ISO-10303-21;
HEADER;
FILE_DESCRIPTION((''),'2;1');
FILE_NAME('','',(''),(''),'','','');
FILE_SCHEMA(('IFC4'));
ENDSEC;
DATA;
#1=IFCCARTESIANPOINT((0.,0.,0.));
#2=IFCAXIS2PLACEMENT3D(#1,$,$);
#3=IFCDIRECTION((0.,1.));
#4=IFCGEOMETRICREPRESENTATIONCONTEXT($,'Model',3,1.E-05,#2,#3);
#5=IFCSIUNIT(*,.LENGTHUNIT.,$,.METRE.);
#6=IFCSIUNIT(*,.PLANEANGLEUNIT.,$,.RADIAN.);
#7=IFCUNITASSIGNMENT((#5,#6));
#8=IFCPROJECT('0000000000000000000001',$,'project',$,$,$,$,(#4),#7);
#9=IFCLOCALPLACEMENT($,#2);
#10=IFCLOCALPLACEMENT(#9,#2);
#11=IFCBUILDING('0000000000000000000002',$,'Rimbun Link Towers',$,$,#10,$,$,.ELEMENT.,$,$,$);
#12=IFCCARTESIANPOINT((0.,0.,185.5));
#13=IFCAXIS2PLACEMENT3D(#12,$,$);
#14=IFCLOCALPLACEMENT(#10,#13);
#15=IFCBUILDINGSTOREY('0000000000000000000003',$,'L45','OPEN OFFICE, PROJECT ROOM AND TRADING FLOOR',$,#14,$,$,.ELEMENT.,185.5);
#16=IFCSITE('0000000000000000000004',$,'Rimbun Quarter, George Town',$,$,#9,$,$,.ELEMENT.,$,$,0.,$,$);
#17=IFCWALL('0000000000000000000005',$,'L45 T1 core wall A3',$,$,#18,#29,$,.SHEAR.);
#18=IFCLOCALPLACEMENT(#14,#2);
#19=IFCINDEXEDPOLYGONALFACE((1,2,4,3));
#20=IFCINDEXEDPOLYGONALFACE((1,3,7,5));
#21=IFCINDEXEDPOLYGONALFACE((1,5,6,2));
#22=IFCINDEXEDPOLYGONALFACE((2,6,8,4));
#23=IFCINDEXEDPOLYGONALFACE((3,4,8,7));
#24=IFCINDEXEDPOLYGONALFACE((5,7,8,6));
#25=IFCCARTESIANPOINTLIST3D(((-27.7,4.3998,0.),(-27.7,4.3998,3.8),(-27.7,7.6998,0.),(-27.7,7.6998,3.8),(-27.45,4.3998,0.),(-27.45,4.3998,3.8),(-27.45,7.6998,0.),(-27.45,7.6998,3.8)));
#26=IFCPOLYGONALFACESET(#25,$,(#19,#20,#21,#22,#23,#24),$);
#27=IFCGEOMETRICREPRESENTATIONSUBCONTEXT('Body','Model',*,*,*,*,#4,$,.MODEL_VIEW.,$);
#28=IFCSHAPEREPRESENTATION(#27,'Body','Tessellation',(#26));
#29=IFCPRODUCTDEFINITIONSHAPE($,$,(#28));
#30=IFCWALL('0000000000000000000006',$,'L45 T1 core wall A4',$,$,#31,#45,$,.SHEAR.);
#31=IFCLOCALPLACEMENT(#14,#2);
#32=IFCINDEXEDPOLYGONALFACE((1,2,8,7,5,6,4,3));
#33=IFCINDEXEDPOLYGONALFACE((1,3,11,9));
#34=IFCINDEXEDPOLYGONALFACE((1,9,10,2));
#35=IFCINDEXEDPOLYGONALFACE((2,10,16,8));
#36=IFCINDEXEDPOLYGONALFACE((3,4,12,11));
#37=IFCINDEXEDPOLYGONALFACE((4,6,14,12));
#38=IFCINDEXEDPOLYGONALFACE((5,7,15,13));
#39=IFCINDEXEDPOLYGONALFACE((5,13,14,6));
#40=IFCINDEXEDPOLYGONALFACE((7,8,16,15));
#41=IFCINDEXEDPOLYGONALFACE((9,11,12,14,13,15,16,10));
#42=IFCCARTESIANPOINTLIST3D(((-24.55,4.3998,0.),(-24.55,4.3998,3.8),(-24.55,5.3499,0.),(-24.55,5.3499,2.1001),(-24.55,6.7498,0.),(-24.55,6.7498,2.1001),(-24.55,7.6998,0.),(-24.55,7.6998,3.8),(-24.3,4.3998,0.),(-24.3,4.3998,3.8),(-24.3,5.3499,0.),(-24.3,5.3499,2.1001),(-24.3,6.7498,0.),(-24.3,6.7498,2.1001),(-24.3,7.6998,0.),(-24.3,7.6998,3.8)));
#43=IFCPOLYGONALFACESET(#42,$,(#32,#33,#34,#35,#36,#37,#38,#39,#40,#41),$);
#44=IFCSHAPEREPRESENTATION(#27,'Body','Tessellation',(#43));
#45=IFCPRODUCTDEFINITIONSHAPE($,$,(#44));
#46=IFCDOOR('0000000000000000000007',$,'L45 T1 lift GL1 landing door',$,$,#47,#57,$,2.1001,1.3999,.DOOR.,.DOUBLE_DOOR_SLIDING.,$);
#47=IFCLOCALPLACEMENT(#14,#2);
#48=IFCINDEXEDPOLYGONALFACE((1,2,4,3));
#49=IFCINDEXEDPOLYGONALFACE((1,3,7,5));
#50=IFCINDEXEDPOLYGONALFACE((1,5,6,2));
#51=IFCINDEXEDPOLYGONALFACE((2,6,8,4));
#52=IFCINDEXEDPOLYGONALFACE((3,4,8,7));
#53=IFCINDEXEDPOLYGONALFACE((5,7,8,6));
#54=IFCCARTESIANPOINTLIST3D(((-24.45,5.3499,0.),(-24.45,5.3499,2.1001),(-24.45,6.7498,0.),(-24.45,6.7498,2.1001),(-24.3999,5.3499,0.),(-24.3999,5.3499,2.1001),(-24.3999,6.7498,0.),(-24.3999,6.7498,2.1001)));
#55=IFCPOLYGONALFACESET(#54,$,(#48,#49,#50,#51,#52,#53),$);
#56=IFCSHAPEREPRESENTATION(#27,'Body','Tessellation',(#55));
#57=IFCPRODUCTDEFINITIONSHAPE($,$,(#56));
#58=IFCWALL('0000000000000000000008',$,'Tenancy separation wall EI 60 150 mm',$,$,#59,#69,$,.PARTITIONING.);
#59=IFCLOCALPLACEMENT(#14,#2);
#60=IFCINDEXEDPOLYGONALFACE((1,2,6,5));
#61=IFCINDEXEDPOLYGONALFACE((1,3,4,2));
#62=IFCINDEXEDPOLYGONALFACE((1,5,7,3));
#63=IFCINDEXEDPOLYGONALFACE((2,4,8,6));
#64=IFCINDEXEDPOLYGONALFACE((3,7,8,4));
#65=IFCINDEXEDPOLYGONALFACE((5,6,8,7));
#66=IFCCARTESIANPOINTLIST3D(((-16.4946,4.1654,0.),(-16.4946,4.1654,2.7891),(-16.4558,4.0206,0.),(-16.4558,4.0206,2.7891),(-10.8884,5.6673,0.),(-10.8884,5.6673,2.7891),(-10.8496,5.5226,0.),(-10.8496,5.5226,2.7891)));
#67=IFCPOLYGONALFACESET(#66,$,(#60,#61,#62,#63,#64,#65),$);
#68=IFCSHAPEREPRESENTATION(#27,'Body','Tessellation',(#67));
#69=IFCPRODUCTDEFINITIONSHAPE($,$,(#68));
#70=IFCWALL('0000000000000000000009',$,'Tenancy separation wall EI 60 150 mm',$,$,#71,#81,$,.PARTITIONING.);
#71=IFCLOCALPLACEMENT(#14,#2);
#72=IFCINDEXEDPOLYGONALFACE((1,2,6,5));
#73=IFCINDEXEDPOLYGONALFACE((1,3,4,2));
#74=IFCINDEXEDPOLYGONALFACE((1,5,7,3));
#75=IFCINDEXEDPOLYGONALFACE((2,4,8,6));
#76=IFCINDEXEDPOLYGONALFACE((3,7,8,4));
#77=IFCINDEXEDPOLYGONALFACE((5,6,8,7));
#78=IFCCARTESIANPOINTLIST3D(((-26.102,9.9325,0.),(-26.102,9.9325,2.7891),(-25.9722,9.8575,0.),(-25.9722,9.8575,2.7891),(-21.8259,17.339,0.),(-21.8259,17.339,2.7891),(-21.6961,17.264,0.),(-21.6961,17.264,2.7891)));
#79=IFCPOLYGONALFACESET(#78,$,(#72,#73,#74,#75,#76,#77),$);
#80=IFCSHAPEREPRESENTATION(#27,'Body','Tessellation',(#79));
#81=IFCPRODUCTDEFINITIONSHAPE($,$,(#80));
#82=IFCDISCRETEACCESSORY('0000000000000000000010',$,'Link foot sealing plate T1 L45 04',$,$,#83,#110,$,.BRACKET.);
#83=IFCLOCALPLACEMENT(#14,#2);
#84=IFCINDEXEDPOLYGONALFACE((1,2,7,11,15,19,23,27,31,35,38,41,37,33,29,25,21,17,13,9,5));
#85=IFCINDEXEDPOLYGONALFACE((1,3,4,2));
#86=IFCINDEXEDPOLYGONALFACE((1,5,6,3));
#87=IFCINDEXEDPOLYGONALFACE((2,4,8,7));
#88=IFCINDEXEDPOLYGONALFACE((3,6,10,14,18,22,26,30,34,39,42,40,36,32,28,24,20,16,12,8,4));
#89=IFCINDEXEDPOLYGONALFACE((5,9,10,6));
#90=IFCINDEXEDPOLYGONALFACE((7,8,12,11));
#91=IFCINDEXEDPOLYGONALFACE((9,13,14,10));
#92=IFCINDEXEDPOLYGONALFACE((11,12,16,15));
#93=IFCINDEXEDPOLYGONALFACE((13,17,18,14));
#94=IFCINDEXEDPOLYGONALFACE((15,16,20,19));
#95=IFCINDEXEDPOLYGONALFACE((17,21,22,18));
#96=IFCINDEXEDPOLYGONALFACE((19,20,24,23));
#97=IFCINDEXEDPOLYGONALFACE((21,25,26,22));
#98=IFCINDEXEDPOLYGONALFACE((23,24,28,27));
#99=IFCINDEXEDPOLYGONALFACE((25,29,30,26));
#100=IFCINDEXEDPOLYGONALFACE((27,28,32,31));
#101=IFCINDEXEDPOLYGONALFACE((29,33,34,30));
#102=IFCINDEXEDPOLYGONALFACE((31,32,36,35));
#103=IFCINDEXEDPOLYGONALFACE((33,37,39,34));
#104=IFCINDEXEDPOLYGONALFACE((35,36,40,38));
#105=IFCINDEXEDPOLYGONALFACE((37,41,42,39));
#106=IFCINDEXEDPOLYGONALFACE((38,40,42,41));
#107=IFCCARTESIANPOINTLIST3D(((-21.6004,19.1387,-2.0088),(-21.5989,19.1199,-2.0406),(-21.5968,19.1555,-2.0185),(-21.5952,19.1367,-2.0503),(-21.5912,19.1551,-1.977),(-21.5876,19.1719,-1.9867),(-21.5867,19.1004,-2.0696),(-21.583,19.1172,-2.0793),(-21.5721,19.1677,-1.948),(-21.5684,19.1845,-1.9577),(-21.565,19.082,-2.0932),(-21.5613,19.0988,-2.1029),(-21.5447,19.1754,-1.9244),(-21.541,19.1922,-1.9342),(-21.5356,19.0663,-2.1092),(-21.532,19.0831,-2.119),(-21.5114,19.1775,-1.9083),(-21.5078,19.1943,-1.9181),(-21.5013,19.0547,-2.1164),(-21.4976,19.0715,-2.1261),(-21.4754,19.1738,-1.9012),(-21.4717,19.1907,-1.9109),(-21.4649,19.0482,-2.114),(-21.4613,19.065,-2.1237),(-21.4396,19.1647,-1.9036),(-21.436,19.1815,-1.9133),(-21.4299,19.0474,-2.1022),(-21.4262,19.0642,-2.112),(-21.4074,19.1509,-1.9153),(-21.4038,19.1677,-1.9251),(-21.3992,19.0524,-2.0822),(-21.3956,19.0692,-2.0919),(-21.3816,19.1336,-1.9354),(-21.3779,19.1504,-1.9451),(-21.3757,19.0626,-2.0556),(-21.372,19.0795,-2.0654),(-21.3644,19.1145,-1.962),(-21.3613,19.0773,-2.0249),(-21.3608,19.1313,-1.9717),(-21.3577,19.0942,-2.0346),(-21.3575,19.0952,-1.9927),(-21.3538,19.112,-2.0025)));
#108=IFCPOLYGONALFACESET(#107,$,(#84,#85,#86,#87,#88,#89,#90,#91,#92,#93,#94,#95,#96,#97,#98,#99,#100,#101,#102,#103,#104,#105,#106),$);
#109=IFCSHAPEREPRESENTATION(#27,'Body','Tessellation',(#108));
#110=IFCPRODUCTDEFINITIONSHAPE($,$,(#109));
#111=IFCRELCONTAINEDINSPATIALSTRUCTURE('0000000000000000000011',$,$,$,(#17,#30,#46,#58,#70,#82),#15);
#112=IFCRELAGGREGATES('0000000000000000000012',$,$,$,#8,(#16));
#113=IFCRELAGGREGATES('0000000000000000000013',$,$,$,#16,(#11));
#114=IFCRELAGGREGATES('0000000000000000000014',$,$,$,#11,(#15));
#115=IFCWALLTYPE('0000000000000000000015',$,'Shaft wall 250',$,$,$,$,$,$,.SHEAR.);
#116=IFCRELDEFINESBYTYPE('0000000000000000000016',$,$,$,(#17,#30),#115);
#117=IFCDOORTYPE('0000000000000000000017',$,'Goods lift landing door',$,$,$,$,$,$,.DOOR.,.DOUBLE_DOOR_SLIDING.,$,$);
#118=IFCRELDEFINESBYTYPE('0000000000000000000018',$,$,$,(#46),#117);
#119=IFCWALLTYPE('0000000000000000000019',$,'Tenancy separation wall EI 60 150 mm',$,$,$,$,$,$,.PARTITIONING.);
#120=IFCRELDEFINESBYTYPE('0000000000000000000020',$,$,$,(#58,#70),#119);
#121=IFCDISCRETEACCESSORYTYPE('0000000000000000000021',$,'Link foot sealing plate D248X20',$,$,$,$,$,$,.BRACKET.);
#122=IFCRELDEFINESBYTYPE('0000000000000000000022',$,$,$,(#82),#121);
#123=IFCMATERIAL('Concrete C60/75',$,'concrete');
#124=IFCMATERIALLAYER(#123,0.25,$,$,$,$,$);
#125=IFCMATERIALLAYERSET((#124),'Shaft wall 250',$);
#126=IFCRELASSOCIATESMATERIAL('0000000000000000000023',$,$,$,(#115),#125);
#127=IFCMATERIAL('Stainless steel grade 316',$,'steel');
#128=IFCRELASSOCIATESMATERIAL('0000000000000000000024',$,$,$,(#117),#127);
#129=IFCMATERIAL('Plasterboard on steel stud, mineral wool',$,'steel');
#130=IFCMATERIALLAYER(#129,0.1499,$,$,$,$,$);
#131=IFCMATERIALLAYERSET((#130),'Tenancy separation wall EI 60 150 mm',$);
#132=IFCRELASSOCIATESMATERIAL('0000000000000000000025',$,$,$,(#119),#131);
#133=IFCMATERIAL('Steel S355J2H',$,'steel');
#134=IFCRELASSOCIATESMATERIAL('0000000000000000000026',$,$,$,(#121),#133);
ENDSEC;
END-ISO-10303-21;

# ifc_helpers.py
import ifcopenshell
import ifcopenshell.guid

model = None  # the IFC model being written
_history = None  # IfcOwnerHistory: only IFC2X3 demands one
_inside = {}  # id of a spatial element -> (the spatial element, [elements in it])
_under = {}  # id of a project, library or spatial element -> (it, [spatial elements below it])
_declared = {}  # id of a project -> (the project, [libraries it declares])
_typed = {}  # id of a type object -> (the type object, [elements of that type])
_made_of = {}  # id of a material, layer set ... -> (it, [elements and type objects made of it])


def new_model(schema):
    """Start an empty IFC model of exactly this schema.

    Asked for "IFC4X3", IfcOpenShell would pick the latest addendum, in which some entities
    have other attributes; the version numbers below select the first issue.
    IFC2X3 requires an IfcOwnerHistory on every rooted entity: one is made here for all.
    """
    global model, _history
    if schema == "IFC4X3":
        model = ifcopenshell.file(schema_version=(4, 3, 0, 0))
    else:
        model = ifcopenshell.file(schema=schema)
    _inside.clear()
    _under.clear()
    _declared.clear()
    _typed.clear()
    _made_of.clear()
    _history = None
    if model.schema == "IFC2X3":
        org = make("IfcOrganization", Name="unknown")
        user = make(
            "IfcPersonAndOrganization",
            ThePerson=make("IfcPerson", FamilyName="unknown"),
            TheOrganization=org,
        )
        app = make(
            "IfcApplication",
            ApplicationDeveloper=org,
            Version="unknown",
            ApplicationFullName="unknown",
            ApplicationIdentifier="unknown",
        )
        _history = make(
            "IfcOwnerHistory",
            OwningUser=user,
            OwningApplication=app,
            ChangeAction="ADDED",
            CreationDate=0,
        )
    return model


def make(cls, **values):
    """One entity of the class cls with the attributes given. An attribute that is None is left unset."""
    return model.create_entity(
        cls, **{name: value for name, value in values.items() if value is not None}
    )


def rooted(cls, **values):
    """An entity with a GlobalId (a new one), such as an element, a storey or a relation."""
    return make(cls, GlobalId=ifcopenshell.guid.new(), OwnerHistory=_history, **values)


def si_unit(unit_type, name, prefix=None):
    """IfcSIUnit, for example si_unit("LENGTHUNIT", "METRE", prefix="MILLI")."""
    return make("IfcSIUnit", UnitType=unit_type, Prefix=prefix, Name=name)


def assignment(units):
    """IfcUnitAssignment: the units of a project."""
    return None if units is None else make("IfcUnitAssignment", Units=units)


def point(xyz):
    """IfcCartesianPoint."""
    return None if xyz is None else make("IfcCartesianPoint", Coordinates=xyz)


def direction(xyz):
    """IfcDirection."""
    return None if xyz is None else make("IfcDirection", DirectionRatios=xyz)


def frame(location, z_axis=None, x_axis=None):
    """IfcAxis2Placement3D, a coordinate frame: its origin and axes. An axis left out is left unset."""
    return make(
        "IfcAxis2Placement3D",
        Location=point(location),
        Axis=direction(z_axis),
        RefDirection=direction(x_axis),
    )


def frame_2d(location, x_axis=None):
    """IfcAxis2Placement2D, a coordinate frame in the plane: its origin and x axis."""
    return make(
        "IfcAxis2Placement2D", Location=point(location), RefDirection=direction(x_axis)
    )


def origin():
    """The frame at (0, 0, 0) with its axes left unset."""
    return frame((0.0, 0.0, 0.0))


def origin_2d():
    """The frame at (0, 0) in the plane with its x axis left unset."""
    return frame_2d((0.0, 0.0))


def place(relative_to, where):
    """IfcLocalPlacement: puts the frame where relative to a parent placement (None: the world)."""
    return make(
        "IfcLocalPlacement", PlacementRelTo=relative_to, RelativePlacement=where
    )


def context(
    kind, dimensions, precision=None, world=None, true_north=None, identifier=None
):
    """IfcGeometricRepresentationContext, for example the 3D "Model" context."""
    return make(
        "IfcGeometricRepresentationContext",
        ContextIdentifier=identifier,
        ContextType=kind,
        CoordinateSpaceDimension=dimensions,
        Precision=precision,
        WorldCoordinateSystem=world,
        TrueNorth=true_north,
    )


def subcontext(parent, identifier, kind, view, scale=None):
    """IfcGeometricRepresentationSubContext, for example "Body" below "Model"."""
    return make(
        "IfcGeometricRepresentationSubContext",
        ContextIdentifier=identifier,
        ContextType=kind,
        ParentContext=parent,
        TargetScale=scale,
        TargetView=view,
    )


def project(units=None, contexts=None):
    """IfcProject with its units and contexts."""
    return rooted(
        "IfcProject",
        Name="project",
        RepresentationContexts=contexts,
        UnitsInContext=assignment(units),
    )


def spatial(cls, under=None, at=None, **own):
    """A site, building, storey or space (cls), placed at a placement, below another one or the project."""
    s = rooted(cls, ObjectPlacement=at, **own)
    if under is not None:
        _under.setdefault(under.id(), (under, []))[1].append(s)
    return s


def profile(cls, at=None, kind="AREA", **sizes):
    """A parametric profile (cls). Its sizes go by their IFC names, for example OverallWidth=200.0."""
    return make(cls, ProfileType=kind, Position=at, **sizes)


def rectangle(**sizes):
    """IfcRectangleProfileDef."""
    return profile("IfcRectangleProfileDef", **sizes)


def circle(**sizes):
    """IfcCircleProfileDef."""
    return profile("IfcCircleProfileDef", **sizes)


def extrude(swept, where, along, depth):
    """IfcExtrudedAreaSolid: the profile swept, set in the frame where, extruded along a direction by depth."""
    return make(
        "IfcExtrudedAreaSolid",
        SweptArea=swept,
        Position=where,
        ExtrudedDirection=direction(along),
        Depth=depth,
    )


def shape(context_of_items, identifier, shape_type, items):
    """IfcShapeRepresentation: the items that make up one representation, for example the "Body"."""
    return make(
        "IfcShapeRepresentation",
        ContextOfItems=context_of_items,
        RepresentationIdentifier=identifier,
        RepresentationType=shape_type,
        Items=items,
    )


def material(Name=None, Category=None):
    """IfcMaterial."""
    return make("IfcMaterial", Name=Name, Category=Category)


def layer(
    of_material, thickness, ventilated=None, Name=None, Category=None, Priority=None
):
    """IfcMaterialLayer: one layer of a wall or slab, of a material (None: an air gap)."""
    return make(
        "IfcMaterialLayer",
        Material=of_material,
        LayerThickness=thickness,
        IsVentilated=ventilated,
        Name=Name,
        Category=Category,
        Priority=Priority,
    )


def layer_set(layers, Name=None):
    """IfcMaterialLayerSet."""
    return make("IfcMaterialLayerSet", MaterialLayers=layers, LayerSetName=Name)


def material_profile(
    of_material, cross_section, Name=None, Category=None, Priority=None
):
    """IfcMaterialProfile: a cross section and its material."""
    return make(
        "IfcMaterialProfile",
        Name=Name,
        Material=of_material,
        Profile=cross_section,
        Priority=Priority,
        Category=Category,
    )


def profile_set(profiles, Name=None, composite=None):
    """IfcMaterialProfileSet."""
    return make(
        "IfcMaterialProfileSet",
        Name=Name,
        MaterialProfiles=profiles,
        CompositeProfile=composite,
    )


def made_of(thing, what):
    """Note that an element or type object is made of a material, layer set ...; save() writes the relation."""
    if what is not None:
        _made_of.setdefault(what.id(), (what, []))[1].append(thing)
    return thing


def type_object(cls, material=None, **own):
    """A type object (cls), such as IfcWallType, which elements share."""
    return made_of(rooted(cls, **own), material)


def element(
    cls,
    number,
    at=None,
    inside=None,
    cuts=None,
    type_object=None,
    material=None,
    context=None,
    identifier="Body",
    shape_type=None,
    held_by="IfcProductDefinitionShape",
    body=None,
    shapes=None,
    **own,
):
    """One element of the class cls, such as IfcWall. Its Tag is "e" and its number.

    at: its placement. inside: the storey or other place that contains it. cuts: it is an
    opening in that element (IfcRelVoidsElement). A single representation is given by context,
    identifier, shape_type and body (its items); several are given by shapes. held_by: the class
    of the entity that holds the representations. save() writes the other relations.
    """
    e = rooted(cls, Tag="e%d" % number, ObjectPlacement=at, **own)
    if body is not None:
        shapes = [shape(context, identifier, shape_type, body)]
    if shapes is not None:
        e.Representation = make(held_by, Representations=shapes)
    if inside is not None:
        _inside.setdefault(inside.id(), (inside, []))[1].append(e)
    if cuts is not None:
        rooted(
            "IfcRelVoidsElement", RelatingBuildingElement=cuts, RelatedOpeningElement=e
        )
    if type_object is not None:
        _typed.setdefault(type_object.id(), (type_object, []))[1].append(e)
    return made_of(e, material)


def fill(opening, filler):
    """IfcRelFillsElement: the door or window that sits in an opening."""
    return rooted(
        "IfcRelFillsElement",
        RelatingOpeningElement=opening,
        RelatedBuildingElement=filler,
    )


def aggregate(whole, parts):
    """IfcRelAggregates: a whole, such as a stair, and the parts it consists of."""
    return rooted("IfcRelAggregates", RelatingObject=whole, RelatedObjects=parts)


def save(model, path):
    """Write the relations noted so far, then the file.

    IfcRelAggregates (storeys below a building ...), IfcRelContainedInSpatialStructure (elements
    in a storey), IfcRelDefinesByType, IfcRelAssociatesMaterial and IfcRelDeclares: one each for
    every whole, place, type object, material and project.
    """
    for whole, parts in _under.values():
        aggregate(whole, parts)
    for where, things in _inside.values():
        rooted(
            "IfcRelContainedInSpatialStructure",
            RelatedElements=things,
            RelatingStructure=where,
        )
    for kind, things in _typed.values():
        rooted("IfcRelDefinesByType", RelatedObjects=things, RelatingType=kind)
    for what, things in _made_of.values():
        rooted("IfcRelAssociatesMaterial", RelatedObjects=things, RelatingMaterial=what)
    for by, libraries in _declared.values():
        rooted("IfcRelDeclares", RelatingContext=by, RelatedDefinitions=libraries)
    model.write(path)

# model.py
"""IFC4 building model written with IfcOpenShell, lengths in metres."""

from ifc_helpers import new_model, si_unit, direction, frame, frame_2d, origin, origin_2d, place, context, subcontext, project, spatial, rectangle, circle, extrude, material, layer, layer_set, material_profile, profile_set, type_object, element, fill, save


model = new_model("IFC4")

# Units and contexts
model_context = context("Model", 3, precision=1e-05, world=origin(), true_north=direction((0.0, 1.0)))
body_context = subcontext(model_context, "Body", "Model", "MODEL_VIEW")
ifc_project = project(units=[si_unit("LENGTHUNIT", "METRE"), si_unit("PLANEANGLEUNIT", "RADIAN")], contexts=[model_context])

# Site, building, storey
site_placement = place(None, origin())
site = spatial("IfcSite", under=ifc_project, at=site_placement, Name="Rimbun Quarter, George Town", CompositionType="ELEMENT", RefElevation=0.0)
building_placement = place(site_placement, origin())
building = spatial("IfcBuilding", under=site, at=building_placement, Name="Rimbun Link Towers", CompositionType="ELEMENT")
storey_placement = place(building_placement, frame((0.0, 0.0, 185.5)))
storey = spatial("IfcBuildingStorey", under=building, at=storey_placement, Name="L45", Description="OPEN OFFICE, PROJECT ROOM AND TRADING FLOOR", CompositionType="ELEMENT", Elevation=185.5)

# Wall
ifc_material_1 = material(Name="Concrete C60/75", Category="concrete")
ifc_layer_1 = layer(ifc_material_1, 0.25)
ifc_layer_set_1 = layer_set([ifc_layer_1], Name="Shaft wall 250")
wall_type_1 = type_object("IfcWallType", Name="Shaft wall 250", PredefinedType="SHEAR", material=ifc_layer_set_1)
wall_1_placement = place(storey_placement, frame((-27.575, 4.3999, 0.0), z_axis=(0.0, 0.0, 1.0), x_axis=(0.0, 1.0, 0.0)))
element("IfcWall", 1, at=wall_1_placement, inside=storey, type_object=wall_type_1, Name="L45 T1 core wall A3", PredefinedType="SHEAR", context=body_context, shape_type="SweptSolid", body=[
    extrude(rectangle(XDim=3.3, YDim=0.25, at=frame_2d((1.6499, 0.0))), origin(), (0.0, 0.0, 1.0), 3.8),
])

# Wall, opening, door
wall_2_placement = place(storey_placement, frame((-24.425, 4.3999, 0.0), z_axis=(0.0, 0.0, 1.0), x_axis=(0.0, 1.0, 0.0)))
wall_2 = element("IfcWall", 2, at=wall_2_placement, inside=storey, type_object=wall_type_1, Name="L45 T1 core wall A4", PredefinedType="SHEAR", context=body_context, shape_type="SweptSolid", body=[
    extrude(rectangle(XDim=3.3, YDim=0.25, at=frame_2d((1.6499, 0.0))), origin(), (0.0, 0.0, 1.0), 3.8),
])
opening_1_placement = place(wall_2_placement, frame((0.95, 0.0, 0.0)))
opening_1 = element("IfcOpeningElement", 3, at=opening_1_placement, cuts=wall_2, PredefinedType="OPENING", context=body_context, shape_type="SweptSolid", body=[
    extrude(rectangle(XDim=1.3999, YDim=2.1001, at=frame_2d((0.7, 1.05))), frame((0.0, 0.135, 0.0), z_axis=(0.0, -1.0, 0.0), x_axis=(1.0, 0.0, 0.0)), (0.0, 0.0, 1.0), 0.27),
])
ifc_material_2 = material(Name="Stainless steel grade 316", Category="steel")
door_type_1 = type_object("IfcDoorType", Name="Goods lift landing door", OperationType="DOUBLE_DOOR_SLIDING", PredefinedType="DOOR", material=ifc_material_2)
door_1_placement = place(opening_1_placement, origin())
door_1 = element("IfcDoor", 4, at=door_1_placement, inside=storey, type_object=door_type_1, Name="L45 T1 lift GL1 landing door", OperationType="DOUBLE_DOOR_SLIDING", OverallHeight=2.1001, OverallWidth=1.3999, PredefinedType="DOOR", context=body_context, shape_type="SweptSolid", body=[
    extrude(rectangle(XDim=1.3999, YDim=2.1001, at=frame_2d((0.7, 1.05))), frame((0.0, 0.0249, 0.0), z_axis=(0.0, -1.0, 0.0), x_axis=(1.0, 0.0, 0.0)), (0.0, 0.0, 1.0), 0.05),
])
fill(opening_1, door_1)

# Walls
ifc_material_3 = material(Name="Plasterboard on steel stud, mineral wool", Category="steel")
ifc_layer_2 = layer(ifc_material_3, 0.1499)
ifc_layer_set_2 = layer_set([ifc_layer_2], Name="Tenancy separation wall EI 60 150 mm")
wall_type_2 = type_object("IfcWallType", Name="Tenancy separation wall EI 60 150 mm", PredefinedType="PARTITIONING", material=ifc_layer_set_2)
wall_3_placement = place(storey_placement, frame((-16.4751, 4.093, 0.0), z_axis=(0.0, 0.0, 1.0), x_axis=(0.965935, 0.258783, 0.0)))
element("IfcWall", 5, at=wall_3_placement, inside=storey, type_object=wall_type_2, Name="Tenancy separation wall EI 60 150 mm", PredefinedType="PARTITIONING", context=body_context, shape_type="SweptSolid", body=[
    extrude(rectangle(XDim=5.804, YDim=0.1499, at=frame_2d((2.9019, 0.0))), origin(), (0.0, 0.0, 1.0), 2.7891),
])
wall_4_placement = place(storey_placement, frame((-26.0371, 9.895, 0.0), z_axis=(0.0, 0.0, 1.0), x_axis=(0.499998, 0.866026, 0.0)))
element("IfcWall", 6, at=wall_4_placement, inside=storey, type_object=wall_type_2, Name="Tenancy separation wall EI 60 150 mm", PredefinedType="PARTITIONING", context=body_context, shape_type="SweptSolid", body=[
    extrude(rectangle(XDim=8.5522, YDim=0.1499, at=frame_2d((4.2761, 0.0))), origin(), (0.0, 0.0, 1.0), 2.7891),
])

# Discrete accessory
ifc_material_4 = material(Name="Steel S355J2H", Category="steel")
ifc_material_profile_1 = material_profile(ifc_material_4, circle(Radius=0.124, at=origin_2d()), Name="PL D248")
ifc_profile_set_1 = profile_set([ifc_material_profile_1], Name="Steel S355J2H")
discrete_accessory_type = type_object("IfcDiscreteAccessoryType", Name="Link foot sealing plate D248X20", PredefinedType="BRACKET", material=ifc_profile_set_1)
discrete_accessory_placement = place(storey_placement, frame((-21.4792, 19.1123, -2.0088), z_axis=(0.184833, 0.850234, -0.492889), x_axis=(-0.977176, 0.21243, 0.0)))
element("IfcDiscreteAccessory", 7, at=discrete_accessory_placement, inside=storey, type_object=discrete_accessory_type, Name="Link foot sealing plate T1 L45 04", PredefinedType="BRACKET", context=body_context, shape_type="SweptSolid", body=[
    extrude(circle(Radius=0.124, at=origin_2d()), origin(), (0.0, 0.0, 1.0), 0.0198),
])

save(model, "model.ifc")
